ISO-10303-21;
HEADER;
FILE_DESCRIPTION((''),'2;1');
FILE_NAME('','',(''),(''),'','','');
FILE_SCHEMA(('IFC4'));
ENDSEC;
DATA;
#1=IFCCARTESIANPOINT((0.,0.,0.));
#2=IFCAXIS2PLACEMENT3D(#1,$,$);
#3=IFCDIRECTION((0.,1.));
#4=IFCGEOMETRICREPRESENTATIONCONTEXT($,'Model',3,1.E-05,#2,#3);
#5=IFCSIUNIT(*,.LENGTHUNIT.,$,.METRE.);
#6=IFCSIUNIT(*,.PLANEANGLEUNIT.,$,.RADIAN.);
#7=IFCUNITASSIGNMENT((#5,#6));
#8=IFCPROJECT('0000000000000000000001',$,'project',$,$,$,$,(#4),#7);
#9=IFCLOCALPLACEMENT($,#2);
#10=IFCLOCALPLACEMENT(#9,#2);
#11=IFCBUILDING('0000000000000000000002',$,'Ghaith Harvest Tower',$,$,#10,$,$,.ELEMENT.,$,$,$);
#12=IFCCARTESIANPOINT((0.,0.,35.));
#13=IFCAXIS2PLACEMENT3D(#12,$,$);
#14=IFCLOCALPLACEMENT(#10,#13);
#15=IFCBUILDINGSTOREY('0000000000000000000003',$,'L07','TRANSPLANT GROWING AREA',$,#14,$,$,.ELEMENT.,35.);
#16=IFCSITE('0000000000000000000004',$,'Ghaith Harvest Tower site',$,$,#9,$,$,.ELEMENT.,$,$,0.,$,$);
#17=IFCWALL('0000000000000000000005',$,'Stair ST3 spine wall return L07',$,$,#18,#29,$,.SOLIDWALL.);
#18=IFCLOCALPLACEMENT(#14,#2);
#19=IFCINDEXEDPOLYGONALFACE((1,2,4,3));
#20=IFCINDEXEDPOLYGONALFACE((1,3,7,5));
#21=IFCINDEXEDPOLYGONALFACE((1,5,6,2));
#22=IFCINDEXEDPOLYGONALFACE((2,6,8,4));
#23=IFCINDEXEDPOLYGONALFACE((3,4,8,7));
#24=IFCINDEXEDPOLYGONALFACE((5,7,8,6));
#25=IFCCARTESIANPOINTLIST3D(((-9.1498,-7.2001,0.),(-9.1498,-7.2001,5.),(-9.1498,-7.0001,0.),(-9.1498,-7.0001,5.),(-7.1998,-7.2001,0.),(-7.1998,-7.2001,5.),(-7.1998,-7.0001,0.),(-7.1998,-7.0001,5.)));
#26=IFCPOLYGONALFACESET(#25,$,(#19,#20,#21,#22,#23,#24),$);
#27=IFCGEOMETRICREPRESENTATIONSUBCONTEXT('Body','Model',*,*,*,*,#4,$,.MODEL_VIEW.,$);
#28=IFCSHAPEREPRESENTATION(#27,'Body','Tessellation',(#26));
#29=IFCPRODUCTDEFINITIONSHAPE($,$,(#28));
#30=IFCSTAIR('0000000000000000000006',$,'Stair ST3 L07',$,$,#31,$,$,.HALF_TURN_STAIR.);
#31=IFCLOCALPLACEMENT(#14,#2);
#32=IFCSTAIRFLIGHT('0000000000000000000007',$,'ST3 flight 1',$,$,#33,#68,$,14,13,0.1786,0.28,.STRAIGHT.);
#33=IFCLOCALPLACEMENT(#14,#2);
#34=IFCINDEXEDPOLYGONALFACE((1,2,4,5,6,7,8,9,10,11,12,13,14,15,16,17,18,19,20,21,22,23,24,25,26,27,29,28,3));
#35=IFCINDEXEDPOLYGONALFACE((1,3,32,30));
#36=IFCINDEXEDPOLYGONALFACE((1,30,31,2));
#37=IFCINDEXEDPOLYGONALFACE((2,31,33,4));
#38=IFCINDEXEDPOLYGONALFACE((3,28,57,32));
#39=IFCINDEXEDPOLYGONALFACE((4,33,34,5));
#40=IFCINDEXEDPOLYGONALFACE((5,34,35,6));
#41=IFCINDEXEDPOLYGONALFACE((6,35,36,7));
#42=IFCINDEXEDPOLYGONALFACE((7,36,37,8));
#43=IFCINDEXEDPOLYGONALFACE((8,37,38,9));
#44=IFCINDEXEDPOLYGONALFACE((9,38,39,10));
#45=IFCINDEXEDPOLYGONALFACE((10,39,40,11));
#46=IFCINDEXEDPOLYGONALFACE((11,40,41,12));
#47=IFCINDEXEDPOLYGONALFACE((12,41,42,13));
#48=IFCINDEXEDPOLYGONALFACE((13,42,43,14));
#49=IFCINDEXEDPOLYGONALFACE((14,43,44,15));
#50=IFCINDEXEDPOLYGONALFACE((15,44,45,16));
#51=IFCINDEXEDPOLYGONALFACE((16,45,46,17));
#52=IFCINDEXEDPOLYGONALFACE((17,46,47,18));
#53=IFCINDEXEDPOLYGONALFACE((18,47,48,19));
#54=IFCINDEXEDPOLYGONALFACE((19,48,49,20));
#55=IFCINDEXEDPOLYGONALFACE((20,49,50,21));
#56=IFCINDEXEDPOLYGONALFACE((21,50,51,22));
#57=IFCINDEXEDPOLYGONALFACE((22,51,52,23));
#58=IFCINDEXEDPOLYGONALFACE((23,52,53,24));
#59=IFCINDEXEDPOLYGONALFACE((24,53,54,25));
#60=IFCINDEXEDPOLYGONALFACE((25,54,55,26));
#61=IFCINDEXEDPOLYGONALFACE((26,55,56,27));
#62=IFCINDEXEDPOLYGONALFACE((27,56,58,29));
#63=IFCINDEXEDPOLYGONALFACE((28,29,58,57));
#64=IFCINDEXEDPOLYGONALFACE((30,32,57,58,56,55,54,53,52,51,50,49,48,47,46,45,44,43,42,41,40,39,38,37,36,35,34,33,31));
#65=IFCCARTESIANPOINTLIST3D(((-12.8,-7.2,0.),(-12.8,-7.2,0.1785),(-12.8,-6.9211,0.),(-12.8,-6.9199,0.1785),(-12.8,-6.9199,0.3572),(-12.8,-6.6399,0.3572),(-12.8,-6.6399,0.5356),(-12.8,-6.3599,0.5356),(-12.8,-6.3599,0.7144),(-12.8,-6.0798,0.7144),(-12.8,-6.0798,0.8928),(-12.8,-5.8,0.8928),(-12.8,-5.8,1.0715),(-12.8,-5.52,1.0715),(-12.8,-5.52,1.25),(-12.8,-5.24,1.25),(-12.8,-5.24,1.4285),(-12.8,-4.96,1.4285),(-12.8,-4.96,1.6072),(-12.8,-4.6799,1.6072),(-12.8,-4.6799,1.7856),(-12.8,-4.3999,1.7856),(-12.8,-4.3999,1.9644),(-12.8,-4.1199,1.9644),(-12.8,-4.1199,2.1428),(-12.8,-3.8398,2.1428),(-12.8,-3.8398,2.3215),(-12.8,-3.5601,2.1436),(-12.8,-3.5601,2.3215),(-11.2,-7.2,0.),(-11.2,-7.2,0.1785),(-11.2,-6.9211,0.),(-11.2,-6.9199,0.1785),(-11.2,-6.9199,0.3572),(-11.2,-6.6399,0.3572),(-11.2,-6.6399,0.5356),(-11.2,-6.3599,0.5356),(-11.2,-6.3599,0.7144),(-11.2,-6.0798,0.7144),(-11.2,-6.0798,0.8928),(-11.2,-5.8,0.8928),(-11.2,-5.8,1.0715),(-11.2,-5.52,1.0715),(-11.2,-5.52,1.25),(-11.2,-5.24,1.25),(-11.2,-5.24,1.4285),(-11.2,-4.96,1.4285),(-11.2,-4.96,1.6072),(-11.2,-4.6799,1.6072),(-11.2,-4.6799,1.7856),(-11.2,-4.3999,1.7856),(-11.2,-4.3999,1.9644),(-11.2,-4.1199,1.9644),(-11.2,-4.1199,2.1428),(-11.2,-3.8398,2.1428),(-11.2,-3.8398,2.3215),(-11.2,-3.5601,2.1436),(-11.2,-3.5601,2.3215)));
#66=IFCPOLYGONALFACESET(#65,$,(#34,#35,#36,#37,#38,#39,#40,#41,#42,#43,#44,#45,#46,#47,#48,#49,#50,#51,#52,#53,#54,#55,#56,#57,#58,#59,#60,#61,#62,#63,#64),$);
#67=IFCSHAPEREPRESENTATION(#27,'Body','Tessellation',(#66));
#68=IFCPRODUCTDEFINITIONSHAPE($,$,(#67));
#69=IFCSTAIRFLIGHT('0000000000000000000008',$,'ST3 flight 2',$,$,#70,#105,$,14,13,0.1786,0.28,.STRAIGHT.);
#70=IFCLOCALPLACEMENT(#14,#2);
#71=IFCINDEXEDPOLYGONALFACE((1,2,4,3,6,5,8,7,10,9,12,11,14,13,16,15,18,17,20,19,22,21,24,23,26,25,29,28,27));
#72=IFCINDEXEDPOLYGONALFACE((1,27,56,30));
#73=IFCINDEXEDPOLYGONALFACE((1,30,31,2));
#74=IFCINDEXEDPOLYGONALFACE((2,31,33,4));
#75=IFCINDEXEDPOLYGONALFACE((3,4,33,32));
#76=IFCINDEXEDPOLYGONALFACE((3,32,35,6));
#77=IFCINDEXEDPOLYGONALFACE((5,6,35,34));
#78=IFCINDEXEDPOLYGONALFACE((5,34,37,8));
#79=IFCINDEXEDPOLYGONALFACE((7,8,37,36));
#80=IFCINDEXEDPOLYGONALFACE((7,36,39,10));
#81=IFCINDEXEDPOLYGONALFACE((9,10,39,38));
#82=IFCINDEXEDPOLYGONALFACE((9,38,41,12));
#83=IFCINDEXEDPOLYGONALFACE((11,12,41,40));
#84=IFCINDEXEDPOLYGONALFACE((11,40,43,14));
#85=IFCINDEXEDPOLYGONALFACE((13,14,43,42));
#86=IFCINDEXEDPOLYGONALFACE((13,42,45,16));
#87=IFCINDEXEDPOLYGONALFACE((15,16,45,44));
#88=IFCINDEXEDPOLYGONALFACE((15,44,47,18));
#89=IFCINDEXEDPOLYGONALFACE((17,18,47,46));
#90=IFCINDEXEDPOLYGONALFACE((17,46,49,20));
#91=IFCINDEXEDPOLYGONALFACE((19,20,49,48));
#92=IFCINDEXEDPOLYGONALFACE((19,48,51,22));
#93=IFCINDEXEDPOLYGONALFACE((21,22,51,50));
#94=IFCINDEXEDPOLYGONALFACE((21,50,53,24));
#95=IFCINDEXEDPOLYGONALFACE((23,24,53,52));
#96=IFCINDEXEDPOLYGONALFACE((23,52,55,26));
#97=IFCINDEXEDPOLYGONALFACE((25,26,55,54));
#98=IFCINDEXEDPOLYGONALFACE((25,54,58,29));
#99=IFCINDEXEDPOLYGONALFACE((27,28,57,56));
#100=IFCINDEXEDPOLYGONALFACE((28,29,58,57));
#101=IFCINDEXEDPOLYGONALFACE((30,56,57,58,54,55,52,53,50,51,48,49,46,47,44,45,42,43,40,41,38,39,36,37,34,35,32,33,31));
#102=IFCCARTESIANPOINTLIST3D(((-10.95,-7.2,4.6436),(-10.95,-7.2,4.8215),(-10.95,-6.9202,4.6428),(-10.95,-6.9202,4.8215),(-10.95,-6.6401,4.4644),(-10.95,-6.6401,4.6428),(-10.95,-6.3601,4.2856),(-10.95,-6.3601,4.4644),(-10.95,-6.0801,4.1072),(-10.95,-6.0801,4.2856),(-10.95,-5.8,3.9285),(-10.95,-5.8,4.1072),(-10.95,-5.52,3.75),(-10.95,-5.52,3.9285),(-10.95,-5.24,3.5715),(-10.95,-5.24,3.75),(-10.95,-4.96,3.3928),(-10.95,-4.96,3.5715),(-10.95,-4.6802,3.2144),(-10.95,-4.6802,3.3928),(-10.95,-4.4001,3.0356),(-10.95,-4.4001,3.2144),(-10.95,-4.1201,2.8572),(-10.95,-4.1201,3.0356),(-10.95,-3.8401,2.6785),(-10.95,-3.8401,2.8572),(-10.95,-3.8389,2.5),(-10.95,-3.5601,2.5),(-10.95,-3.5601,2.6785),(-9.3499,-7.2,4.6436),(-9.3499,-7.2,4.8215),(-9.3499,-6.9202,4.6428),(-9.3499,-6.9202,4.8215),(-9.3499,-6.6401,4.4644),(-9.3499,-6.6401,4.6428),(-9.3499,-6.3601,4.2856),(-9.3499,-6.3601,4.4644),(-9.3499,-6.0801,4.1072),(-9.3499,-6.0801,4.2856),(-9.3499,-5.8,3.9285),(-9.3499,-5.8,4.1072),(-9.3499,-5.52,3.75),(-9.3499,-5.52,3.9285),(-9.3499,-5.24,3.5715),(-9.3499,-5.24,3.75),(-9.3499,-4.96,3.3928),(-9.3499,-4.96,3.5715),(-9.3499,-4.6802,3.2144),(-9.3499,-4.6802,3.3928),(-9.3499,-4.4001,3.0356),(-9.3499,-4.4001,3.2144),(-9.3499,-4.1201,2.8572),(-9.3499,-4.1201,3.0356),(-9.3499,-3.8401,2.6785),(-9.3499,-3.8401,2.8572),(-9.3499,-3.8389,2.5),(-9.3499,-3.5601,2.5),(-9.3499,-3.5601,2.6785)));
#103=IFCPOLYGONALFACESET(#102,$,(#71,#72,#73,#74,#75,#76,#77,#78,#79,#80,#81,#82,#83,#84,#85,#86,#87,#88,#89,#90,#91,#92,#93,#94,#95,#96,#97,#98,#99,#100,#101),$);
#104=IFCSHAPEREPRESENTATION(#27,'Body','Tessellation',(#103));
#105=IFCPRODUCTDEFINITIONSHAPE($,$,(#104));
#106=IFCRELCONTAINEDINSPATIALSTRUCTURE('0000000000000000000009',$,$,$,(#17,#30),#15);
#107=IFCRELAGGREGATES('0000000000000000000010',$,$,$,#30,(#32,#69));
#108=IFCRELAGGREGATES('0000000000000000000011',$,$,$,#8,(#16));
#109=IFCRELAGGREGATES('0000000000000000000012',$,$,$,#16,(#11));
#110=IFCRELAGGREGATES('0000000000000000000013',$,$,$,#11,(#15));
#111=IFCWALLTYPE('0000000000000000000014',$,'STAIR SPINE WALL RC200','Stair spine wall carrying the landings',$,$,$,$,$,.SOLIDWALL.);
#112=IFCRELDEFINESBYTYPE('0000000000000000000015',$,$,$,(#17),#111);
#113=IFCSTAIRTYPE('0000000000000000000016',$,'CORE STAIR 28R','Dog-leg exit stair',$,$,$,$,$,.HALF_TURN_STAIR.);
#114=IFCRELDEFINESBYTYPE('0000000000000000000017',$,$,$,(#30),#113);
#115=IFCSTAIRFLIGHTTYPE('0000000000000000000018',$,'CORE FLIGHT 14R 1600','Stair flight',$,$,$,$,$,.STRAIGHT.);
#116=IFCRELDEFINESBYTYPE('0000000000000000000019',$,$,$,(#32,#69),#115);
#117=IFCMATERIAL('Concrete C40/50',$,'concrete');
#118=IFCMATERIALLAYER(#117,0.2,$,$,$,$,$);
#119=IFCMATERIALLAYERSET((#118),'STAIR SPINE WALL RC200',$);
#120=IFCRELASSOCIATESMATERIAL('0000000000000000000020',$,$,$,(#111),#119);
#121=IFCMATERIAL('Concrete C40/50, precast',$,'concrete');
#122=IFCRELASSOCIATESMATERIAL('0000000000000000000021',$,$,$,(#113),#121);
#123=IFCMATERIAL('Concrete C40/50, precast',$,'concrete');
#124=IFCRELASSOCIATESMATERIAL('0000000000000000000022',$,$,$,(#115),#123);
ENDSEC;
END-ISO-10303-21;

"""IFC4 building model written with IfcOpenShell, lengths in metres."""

from ifc_helpers import new_model, si_unit, direction, frame, frame_2d, origin, place, context, subcontext, project, spatial, polyline, rectangle, outline, extrude, material, layer, layer_set, type_object, element, aggregate, save


model = new_model("IFC4")

# Units and contexts
model_context = context("Model", 3, precision=1e-05, world=origin(), true_north=direction((0.0, 1.0)))
body_context = subcontext(model_context, "Body", "Model", "MODEL_VIEW")
ifc_project = project(units=[si_unit("LENGTHUNIT", "METRE"), si_unit("PLANEANGLEUNIT", "RADIAN")], contexts=[model_context])

# Site, building, storey
site_placement = place(None, origin())
site = spatial("IfcSite", under=ifc_project, at=site_placement, Name="Ghaith Harvest Tower site", CompositionType="ELEMENT", RefElevation=0.0)
building_placement = place(site_placement, origin())
building = spatial("IfcBuilding", under=site, at=building_placement, Name="Ghaith Harvest Tower", CompositionType="ELEMENT")
storey_placement = place(building_placement, frame((0.0, 0.0, 35.0)))
storey = spatial("IfcBuildingStorey", under=building, at=storey_placement, Name="L07", Description="TRANSPLANT GROWING AREA", CompositionType="ELEMENT", Elevation=35.0)

# Wall
ifc_material_1 = material(Name="Concrete C40/50", Category="concrete")
ifc_layer_1 = layer(ifc_material_1, 0.2)
ifc_layer_set_1 = layer_set([ifc_layer_1], Name="STAIR SPINE WALL RC200")
wall_type_1 = type_object("IfcWallType", Name="STAIR SPINE WALL RC200", Description="Stair spine wall carrying the landings", PredefinedType="SOLIDWALL", material=ifc_layer_set_1)
wall_1_placement = place(storey_placement, frame((-9.1499, -7.1001, 0.0), z_axis=(0.0, 0.0, 1.0), x_axis=(1.0, 0.0, 0.0)))
element("IfcWall", 1, at=wall_1_placement, inside=storey, type_object=wall_type_1, Name="Stair ST3 spine wall return L07", PredefinedType="SOLIDWALL", context=body_context, shape_type="SweptSolid", body=[
    extrude(rectangle(XDim=1.95, YDim=0.2, at=frame_2d((0.9751, 0.0))), origin(), (0.0, 0.0, 1.0), 5.0),
])

# Stair, stair flights
ifc_material_2 = material(Name="Concrete C40/50, precast", Category="concrete")
stair_type = type_object("IfcStairType", Name="CORE STAIR 28R", Description="Dog-leg exit stair", PredefinedType="HALF_TURN_STAIR", material=ifc_material_2)
stair_placement = place(storey_placement, origin())
stair = element("IfcStair", 2, at=stair_placement, inside=storey, type_object=stair_type, Name="Stair ST3 L07", PredefinedType="HALF_TURN_STAIR")
ifc_material_3 = material(Name="Concrete C40/50, precast", Category="concrete")
stair_flight_type = type_object("IfcStairFlightType", Name="CORE FLIGHT 14R 1600", Description="Stair flight", PredefinedType="STRAIGHT", material=ifc_material_3)
stair_flight_1_placement = place(storey_placement, frame((-12.0, -7.2, 0.0), z_axis=(0.0, 0.0, 1.0), x_axis=(0.0, 1.0, 0.0)))
stair_flight_1 = element("IfcStairFlight", 3, at=stair_flight_1_placement, type_object=stair_flight_type, Name="ST3 flight 1", NumberOfRisers=14, NumberOfTreads=13, PredefinedType="STRAIGHT", RiserHeight=0.1786, TreadLength=0.28, context=body_context, shape_type="SweptSolid", body=[
    extrude(outline(polyline([(0.0, 0.0), (0.0, 0.1785), (0.28, 0.1785), (0.28, 0.3572), (0.5601, 0.3572), (0.5601, 0.5356), (0.8401, 0.5356), (0.8401, 0.7144), (1.1201, 0.7144), (1.1201, 0.8928), (1.3999, 0.8928), (1.3999, 1.0715), (1.6799, 1.0715), (1.6799, 1.25), (1.96, 1.25), (1.96, 1.4285), (2.24, 1.4285), (2.24, 1.6072), (2.52, 1.6072), (2.52, 1.7856), (2.8, 1.7856), (2.8, 1.9644), (3.0801, 1.9644), (3.0801, 2.1428), (3.3601, 2.1428), (3.3601, 2.3215), (3.6399, 2.3215), (3.6399, 2.5), (3.6399, 2.1436), (0.2788, 0.0), (0.0, 0.0)])), frame((0.0, 0.8, 0.0), z_axis=(0.0, -1.0, 0.0), x_axis=(1.0, 0.0, 0.0)), (0.0, 0.0, 1.0), 1.6001),
])
stair_flight_2_placement = place(storey_placement, frame((-10.1499, -3.5601, 2.5), z_axis=(0.0, 0.0, 1.0), x_axis=(0.0, -1.0, 0.0)))
stair_flight_2 = element("IfcStairFlight", 4, at=stair_flight_2_placement, type_object=stair_flight_type, Name="ST3 flight 2", NumberOfRisers=14, NumberOfTreads=13, PredefinedType="STRAIGHT", RiserHeight=0.1786, TreadLength=0.28, context=body_context, shape_type="SweptSolid", body=[
    extrude(outline(polyline([(0.0, 0.0), (0.0, 0.1785), (0.28, 0.1785), (0.28, 0.3572), (0.5601, 0.3572), (0.5601, 0.5356), (0.8401, 0.5356), (0.8401, 0.7144), (1.1201, 0.7144), (1.1201, 0.8928), (1.3999, 0.8928), (1.3999, 1.0715), (1.6799, 1.0715), (1.6799, 1.25), (1.96, 1.25), (1.96, 1.4285), (2.24, 1.4285), (2.24, 1.6072), (2.52, 1.6072), (2.52, 1.7856), (2.8, 1.7856), (2.8, 1.9644), (3.0801, 1.9644), (3.0801, 2.1428), (3.3601, 2.1428), (3.3601, 2.3215), (3.6399, 2.3215), (3.6399, 2.5), (3.6399, 2.1436), (0.2788, 0.0), (0.0, 0.0)])), frame((0.0, 0.8, 0.0), z_axis=(0.0, -1.0, 0.0), x_axis=(1.0, 0.0, 0.0)), (0.0, 0.0, 1.0), 1.6001),
])
aggregate(stair, [stair_flight_1, stair_flight_2])

save(model, "model.ifc")
